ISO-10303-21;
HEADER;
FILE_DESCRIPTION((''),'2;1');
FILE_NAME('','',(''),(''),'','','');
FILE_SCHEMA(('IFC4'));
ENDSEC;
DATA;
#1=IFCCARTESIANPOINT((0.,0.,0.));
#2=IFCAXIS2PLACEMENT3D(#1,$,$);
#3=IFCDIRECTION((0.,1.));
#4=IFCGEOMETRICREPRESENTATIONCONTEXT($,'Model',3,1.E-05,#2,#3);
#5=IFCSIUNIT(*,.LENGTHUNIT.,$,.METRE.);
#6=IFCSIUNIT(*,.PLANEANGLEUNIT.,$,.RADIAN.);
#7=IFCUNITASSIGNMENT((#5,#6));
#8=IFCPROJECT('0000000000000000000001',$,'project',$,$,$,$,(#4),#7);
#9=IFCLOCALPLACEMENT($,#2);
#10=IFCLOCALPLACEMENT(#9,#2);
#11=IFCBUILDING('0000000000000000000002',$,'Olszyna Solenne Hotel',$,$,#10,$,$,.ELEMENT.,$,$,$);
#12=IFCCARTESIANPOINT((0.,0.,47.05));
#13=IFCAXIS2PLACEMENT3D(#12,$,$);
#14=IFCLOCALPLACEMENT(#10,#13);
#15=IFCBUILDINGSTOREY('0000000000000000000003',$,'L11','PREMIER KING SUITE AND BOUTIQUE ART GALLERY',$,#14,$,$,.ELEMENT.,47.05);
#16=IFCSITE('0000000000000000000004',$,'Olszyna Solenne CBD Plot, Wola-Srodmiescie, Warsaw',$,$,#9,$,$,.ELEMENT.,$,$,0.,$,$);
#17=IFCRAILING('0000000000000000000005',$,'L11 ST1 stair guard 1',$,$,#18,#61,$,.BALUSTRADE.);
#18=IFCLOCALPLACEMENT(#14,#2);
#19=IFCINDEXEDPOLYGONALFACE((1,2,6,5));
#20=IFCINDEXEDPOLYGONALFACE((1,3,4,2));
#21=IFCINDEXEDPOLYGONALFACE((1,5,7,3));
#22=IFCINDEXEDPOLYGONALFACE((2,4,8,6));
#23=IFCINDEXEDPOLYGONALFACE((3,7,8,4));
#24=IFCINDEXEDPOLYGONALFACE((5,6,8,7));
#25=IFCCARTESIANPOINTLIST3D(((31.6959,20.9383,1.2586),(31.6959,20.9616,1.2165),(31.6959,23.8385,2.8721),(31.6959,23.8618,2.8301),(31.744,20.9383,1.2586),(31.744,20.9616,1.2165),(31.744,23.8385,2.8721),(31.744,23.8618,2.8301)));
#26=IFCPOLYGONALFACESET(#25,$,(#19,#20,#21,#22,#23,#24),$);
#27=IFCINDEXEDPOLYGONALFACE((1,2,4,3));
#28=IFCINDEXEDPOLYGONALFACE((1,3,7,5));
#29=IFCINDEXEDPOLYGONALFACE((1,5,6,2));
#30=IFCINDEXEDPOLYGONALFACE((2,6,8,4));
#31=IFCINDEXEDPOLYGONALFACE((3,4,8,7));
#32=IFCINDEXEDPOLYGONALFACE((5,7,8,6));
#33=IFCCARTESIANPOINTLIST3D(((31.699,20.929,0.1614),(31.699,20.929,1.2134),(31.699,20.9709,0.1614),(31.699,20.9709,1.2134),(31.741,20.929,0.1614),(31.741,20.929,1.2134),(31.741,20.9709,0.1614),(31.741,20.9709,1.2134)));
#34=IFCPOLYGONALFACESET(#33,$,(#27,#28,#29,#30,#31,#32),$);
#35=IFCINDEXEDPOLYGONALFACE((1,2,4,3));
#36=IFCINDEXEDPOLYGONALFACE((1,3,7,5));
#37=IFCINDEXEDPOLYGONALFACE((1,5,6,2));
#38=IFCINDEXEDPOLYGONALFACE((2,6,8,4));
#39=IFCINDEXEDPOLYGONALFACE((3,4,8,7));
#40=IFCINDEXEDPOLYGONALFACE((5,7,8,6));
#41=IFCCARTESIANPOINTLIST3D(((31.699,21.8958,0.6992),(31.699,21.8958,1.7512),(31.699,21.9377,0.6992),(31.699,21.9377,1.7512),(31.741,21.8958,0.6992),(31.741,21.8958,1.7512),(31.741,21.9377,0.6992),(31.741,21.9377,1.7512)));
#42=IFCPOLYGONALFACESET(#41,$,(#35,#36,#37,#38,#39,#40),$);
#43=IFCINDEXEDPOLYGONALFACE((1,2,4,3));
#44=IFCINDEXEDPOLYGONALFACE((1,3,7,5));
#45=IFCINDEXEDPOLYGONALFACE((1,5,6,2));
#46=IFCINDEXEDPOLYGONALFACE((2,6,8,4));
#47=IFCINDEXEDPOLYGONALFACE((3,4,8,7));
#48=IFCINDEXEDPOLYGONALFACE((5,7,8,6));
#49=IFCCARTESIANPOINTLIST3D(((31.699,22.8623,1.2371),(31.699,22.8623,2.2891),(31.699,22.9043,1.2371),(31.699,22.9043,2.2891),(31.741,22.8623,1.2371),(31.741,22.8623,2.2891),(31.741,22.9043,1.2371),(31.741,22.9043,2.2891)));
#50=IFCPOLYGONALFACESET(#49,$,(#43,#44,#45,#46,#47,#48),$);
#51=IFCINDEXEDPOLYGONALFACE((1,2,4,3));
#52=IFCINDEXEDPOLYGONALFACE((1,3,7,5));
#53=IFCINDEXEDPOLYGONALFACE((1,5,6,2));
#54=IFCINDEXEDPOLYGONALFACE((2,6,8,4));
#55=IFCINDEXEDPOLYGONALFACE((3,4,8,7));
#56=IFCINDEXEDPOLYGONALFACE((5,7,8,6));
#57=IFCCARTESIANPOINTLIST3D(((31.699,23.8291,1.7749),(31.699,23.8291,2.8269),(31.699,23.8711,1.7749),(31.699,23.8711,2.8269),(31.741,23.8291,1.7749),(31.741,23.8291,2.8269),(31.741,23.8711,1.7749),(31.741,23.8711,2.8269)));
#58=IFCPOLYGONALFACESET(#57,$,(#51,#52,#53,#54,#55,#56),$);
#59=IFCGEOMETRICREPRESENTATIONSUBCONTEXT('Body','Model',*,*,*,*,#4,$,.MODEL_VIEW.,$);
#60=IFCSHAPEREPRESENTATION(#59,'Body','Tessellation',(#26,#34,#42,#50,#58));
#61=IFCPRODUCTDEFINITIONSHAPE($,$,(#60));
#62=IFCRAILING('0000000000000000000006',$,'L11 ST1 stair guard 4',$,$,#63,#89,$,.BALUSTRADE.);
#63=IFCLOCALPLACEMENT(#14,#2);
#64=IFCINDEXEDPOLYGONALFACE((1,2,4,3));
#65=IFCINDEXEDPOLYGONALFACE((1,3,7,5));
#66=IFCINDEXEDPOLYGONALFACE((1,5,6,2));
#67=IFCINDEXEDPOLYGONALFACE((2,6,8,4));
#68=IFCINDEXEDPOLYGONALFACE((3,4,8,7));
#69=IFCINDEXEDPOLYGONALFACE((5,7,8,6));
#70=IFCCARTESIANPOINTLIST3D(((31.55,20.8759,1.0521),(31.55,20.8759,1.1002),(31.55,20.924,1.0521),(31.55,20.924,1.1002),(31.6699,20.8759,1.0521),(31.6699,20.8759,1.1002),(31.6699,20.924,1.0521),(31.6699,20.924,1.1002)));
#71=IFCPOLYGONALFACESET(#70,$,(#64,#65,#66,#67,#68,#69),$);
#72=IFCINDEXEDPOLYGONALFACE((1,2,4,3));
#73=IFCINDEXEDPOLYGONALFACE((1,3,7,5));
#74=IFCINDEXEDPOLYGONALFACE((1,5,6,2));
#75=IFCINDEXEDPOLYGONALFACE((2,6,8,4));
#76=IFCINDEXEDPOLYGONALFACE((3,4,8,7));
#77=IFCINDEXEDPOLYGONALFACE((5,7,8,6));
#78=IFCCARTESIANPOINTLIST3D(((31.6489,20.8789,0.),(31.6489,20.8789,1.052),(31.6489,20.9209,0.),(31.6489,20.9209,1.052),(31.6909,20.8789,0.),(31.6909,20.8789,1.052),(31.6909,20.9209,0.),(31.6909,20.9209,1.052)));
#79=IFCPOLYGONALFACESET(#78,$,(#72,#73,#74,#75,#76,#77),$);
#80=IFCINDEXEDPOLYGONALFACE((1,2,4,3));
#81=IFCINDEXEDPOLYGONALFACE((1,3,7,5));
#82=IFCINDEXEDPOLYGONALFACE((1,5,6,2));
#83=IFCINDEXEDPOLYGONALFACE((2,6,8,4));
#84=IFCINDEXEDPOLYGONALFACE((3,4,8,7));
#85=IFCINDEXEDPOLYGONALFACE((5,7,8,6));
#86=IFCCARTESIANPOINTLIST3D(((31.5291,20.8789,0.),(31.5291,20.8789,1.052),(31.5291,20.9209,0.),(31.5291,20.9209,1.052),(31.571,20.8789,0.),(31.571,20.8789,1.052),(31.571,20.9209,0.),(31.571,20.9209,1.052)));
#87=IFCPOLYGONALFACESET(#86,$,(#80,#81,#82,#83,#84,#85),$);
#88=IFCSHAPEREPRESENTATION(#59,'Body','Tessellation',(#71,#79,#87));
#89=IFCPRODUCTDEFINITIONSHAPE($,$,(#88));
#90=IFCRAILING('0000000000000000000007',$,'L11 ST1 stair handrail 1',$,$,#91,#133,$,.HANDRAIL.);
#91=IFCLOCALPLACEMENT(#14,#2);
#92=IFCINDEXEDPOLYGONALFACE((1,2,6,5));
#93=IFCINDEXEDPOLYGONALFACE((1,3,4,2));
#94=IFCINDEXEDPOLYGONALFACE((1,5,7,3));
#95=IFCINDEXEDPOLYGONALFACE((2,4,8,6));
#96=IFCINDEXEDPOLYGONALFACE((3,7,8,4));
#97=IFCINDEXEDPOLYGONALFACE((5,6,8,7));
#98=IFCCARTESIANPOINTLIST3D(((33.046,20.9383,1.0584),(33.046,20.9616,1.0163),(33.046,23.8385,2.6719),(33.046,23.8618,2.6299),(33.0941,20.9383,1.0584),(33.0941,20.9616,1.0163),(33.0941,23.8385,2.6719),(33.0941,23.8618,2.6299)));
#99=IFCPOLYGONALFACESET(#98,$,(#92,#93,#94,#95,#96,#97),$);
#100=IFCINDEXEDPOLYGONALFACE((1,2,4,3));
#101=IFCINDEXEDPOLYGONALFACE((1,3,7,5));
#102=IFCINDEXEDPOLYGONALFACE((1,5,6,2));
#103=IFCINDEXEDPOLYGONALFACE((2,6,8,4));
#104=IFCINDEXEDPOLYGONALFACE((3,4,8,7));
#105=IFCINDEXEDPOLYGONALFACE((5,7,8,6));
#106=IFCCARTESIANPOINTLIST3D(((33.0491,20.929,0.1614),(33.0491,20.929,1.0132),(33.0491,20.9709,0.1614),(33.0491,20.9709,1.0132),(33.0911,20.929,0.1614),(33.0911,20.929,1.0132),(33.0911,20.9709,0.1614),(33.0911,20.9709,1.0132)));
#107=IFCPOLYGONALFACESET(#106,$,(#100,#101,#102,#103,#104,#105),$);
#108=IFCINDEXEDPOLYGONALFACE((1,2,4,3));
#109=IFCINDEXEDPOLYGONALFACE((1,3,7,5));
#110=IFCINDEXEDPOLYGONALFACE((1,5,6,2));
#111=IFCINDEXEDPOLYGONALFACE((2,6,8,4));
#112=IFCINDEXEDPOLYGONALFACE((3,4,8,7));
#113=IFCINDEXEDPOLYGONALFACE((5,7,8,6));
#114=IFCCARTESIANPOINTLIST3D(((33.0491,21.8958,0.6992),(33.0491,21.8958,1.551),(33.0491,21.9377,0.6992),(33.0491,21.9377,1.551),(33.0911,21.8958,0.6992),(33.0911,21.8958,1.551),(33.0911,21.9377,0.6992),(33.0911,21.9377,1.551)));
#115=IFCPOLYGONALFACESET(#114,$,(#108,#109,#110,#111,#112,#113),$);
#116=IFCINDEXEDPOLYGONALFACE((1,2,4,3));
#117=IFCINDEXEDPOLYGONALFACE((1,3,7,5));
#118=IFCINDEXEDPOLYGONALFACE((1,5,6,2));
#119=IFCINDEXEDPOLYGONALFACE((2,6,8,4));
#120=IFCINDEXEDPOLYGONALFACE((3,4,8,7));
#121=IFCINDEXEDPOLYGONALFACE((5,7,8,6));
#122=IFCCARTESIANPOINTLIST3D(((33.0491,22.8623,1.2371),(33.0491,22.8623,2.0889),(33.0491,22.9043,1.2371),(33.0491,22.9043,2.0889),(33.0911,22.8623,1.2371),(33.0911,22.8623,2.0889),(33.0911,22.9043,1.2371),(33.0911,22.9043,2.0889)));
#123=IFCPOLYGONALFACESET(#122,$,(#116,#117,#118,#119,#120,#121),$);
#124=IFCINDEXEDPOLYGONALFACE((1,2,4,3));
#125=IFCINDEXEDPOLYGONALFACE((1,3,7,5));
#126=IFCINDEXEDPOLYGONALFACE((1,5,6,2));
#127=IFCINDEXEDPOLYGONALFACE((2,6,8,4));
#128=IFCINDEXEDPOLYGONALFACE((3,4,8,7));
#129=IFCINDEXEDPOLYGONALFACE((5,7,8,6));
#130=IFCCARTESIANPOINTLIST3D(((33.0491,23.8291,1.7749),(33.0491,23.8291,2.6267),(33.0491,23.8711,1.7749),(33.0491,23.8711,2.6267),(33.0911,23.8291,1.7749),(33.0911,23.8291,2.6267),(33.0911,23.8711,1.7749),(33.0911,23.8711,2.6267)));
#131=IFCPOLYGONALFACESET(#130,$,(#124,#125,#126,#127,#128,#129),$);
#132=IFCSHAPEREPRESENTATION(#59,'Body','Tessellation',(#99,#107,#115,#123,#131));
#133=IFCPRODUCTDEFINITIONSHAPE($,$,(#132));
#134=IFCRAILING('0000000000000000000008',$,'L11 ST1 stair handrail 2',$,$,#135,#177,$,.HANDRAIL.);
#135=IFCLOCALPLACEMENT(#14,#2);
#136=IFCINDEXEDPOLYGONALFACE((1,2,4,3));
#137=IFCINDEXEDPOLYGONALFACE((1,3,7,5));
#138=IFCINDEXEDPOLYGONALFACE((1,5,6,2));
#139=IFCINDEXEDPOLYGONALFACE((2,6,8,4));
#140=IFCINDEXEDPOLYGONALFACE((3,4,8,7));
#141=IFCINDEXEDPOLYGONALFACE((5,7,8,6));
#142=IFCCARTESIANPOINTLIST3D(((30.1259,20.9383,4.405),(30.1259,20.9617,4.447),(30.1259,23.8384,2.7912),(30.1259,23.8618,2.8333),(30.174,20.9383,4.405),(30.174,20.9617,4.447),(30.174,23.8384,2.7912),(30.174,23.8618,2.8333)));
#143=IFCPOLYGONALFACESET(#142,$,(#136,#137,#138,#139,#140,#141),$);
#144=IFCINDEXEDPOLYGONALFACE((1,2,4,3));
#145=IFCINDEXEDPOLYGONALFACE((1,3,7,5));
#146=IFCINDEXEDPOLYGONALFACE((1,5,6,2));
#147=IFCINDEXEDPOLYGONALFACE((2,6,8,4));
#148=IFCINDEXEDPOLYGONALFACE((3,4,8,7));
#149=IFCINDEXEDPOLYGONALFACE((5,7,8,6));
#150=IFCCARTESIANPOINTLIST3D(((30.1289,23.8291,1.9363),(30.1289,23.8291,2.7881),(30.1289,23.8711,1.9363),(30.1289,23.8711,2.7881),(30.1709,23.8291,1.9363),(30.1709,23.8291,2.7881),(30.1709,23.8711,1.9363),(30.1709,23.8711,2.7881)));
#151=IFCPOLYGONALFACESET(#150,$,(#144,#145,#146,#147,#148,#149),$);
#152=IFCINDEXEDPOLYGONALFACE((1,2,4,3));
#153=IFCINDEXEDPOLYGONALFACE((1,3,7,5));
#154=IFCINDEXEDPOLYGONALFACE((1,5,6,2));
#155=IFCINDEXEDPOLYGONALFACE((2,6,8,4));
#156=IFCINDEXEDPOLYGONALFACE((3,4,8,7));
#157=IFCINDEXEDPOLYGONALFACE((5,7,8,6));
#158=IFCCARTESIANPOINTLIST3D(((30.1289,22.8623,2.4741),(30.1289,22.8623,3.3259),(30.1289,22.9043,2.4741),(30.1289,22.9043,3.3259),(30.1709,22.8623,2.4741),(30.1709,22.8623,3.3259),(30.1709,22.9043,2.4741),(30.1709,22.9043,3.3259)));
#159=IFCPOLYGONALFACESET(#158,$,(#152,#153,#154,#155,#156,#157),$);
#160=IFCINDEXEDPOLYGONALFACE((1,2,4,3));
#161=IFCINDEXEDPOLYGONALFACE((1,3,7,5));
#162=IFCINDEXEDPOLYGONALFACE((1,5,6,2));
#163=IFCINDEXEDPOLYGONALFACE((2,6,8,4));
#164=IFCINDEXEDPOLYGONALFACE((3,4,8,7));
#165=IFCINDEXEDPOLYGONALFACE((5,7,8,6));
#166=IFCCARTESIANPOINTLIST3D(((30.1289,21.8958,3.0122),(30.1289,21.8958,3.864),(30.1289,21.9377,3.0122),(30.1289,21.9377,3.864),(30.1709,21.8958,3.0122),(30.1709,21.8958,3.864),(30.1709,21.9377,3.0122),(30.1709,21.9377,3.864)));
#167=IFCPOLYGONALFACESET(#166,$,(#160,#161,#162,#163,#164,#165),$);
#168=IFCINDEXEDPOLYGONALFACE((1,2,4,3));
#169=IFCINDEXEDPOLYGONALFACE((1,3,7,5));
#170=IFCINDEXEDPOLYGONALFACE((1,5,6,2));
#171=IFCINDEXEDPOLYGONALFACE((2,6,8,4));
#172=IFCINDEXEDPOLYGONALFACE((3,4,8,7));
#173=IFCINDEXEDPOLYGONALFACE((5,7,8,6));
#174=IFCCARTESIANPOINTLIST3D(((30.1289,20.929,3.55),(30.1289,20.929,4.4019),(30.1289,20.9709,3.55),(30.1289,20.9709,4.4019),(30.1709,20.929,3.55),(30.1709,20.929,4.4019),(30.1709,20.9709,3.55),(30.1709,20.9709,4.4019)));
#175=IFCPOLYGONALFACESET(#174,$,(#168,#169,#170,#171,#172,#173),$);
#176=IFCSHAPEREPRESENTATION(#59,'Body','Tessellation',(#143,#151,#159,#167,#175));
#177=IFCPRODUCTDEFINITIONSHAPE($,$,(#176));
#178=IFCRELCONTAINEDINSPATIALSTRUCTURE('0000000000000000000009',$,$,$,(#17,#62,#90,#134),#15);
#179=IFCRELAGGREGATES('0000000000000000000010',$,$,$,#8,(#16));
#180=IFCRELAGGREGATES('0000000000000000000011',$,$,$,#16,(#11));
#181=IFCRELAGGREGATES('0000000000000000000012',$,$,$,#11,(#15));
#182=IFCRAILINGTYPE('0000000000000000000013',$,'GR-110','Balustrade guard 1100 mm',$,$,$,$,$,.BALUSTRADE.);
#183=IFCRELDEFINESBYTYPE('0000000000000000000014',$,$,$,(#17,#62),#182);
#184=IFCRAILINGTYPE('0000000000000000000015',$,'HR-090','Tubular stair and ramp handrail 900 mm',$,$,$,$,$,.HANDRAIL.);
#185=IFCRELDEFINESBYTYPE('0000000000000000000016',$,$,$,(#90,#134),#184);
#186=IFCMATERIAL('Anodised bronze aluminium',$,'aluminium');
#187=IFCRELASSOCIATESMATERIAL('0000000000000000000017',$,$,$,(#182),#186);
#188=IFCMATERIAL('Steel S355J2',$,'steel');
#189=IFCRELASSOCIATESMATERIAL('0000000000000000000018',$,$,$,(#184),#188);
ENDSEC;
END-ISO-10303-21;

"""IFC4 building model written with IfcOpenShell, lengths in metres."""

from ifc_helpers import new_model, si_unit, direction, frame, origin, origin_2d, place, context, subcontext, project, spatial, rectangle, extrude, material, type_object, element, save


model = new_model("IFC4")

# Units and contexts
model_context = context("Model", 3, precision=1e-05, world=origin(), true_north=direction((0.0, 1.0)))
body_context = subcontext(model_context, "Body", "Model", "MODEL_VIEW")
ifc_project = project(units=[si_unit("LENGTHUNIT", "METRE"), si_unit("PLANEANGLEUNIT", "RADIAN")], contexts=[model_context])

# Site, building, storey
site_placement = place(None, origin())
site = spatial("IfcSite", under=ifc_project, at=site_placement, Name="Olszyna Solenne CBD Plot, Wola-Srodmiescie, Warsaw", CompositionType="ELEMENT", RefElevation=0.0)
building_placement = place(site_placement, origin())
building = spatial("IfcBuilding", under=site, at=building_placement, Name="Olszyna Solenne Hotel", CompositionType="ELEMENT")
storey_placement = place(building_placement, frame((0.0, 0.0, 47.05)))
storey = spatial("IfcBuildingStorey", under=building, at=storey_placement, Name="L11", Description="PREMIER KING SUITE AND BOUTIQUE ART GALLERY", CompositionType="ELEMENT", Elevation=47.05)

# Shared definitions
ifc_material_1 = material(Name="Steel S355J2", Category="steel")

# Shared definitions
ifc_material_2 = material(Name="Anodised bronze aluminium", Category="aluminium")

# Railings
railing_type_1 = type_object("IfcRailingType", Name="GR-110", Description="Balustrade guard 1100 mm", PredefinedType="BALUSTRADE", material=ifc_material_2)
railing_1_placement = place(storey_placement, frame((31.72, 20.95, 0.1614)))
element("IfcRailing", 1, at=railing_1_placement, inside=storey, type_object=railing_type_1, Name="L11 ST1 stair guard 1", PredefinedType="BALUSTRADE", context=body_context, shape_type="SweptSolid", body=[
    extrude(rectangle(XDim=0.0481, YDim=0.0481, at=origin_2d()), frame((0.0, 0.0, 1.0762), z_axis=(0.0, 0.873859, 0.48618), x_axis=(-1.0, 0.0, 0.0)), (0.0, 0.0, 1.0), 3.3188),
    extrude(rectangle(XDim=0.042, YDim=0.042, at=origin_2d()), origin(), (0.0, 0.0, 1.0), 1.052),
    extrude(rectangle(XDim=0.042, YDim=0.042, at=origin_2d()), frame((0.0, 0.9668, 0.5378)), (0.0, 0.0, 1.0), 1.052),
    extrude(rectangle(XDim=0.042, YDim=0.042, at=origin_2d()), frame((0.0, 1.9333, 1.0757)), (0.0, 0.0, 1.0), 1.052),
    extrude(rectangle(XDim=0.042, YDim=0.042, at=origin_2d()), frame((0.0, 2.9001, 1.6135)), (0.0, 0.0, 1.0), 1.052),
])
railing_2_placement = place(storey_placement, frame((31.6699, 20.8999, 0.0)))
element("IfcRailing", 2, at=railing_2_placement, inside=storey, type_object=railing_type_1, Name="L11 ST1 stair guard 4", PredefinedType="BALUSTRADE", context=body_context, shape_type="SweptSolid", body=[
    extrude(rectangle(XDim=0.0481, YDim=0.0481, at=origin_2d()), frame((0.0, 0.0, 1.0762), z_axis=(-1.0, 0.0, 0.0), x_axis=(0.0, -1.0, 0.0)), (0.0, 0.0, 1.0), 0.1199),
    extrude(rectangle(XDim=0.042, YDim=0.042, at=origin_2d()), origin(), (0.0, 0.0, 1.0), 1.052),
    extrude(rectangle(XDim=0.042, YDim=0.042, at=origin_2d()), frame((-0.1199, 0.0, 0.0)), (0.0, 0.0, 1.0), 1.052),
])
railing_type_2 = type_object("IfcRailingType", Name="HR-090", Description="Tubular stair and ramp handrail 900 mm", PredefinedType="HANDRAIL", material=ifc_material_1)
railing_3_placement = place(storey_placement, frame((33.0701, 20.95, 0.1614)))
element("IfcRailing", 3, at=railing_3_placement, inside=storey, type_object=railing_type_2, Name="L11 ST1 stair handrail 1", PredefinedType="HANDRAIL", context=body_context, shape_type="SweptSolid", body=[
    extrude(rectangle(XDim=0.0481, YDim=0.0481, at=origin_2d()), frame((0.0, 0.0, 0.876), z_axis=(0.0, 0.873859, 0.48618), x_axis=(-1.0, 0.0, 0.0)), (0.0, 0.0, 1.0), 3.3188),
    extrude(rectangle(XDim=0.042, YDim=0.042, at=origin_2d()), origin(), (0.0, 0.0, 1.0), 0.8518),
    extrude(rectangle(XDim=0.042, YDim=0.042, at=origin_2d()), frame((0.0, 0.9668, 0.5378)), (0.0, 0.0, 1.0), 0.8518),
    extrude(rectangle(XDim=0.042, YDim=0.042, at=origin_2d()), frame((0.0, 1.9333, 1.0757)), (0.0, 0.0, 1.0), 0.8518),
    extrude(rectangle(XDim=0.042, YDim=0.042, at=origin_2d()), frame((0.0, 2.9001, 1.6135)), (0.0, 0.0, 1.0), 0.8518),
])
railing_4_placement = place(storey_placement, frame((30.1499, 23.8501, 1.9363)))
element("IfcRailing", 4, at=railing_4_placement, inside=storey, type_object=railing_type_2, Name="L11 ST1 stair handrail 2", PredefinedType="HANDRAIL", context=body_context, shape_type="SweptSolid", body=[
    extrude(rectangle(XDim=0.0481, YDim=0.0481, at=origin_2d()), frame((0.0, 0.0, 0.876), z_axis=(0.0, -0.873827, 0.486236), x_axis=(1.0, 0.0, 0.0)), (0.0, 0.0, 1.0), 3.3188),
    extrude(rectangle(XDim=0.042, YDim=0.042, at=origin_2d()), origin(), (0.0, 0.0, 1.0), 0.8518),
    extrude(rectangle(XDim=0.042, YDim=0.042, at=origin_2d()), frame((0.0, -0.9668, 0.5378)), (0.0, 0.0, 1.0), 0.8518),
    extrude(rectangle(XDim=0.042, YDim=0.042, at=origin_2d()), frame((0.0, -1.9333, 1.0759)), (0.0, 0.0, 1.0), 0.8518),
    extrude(rectangle(XDim=0.042, YDim=0.042, at=origin_2d()), frame((0.0, -2.9001, 1.6138)), (0.0, 0.0, 1.0), 0.8518),
])

save(model, "model.ifc")
